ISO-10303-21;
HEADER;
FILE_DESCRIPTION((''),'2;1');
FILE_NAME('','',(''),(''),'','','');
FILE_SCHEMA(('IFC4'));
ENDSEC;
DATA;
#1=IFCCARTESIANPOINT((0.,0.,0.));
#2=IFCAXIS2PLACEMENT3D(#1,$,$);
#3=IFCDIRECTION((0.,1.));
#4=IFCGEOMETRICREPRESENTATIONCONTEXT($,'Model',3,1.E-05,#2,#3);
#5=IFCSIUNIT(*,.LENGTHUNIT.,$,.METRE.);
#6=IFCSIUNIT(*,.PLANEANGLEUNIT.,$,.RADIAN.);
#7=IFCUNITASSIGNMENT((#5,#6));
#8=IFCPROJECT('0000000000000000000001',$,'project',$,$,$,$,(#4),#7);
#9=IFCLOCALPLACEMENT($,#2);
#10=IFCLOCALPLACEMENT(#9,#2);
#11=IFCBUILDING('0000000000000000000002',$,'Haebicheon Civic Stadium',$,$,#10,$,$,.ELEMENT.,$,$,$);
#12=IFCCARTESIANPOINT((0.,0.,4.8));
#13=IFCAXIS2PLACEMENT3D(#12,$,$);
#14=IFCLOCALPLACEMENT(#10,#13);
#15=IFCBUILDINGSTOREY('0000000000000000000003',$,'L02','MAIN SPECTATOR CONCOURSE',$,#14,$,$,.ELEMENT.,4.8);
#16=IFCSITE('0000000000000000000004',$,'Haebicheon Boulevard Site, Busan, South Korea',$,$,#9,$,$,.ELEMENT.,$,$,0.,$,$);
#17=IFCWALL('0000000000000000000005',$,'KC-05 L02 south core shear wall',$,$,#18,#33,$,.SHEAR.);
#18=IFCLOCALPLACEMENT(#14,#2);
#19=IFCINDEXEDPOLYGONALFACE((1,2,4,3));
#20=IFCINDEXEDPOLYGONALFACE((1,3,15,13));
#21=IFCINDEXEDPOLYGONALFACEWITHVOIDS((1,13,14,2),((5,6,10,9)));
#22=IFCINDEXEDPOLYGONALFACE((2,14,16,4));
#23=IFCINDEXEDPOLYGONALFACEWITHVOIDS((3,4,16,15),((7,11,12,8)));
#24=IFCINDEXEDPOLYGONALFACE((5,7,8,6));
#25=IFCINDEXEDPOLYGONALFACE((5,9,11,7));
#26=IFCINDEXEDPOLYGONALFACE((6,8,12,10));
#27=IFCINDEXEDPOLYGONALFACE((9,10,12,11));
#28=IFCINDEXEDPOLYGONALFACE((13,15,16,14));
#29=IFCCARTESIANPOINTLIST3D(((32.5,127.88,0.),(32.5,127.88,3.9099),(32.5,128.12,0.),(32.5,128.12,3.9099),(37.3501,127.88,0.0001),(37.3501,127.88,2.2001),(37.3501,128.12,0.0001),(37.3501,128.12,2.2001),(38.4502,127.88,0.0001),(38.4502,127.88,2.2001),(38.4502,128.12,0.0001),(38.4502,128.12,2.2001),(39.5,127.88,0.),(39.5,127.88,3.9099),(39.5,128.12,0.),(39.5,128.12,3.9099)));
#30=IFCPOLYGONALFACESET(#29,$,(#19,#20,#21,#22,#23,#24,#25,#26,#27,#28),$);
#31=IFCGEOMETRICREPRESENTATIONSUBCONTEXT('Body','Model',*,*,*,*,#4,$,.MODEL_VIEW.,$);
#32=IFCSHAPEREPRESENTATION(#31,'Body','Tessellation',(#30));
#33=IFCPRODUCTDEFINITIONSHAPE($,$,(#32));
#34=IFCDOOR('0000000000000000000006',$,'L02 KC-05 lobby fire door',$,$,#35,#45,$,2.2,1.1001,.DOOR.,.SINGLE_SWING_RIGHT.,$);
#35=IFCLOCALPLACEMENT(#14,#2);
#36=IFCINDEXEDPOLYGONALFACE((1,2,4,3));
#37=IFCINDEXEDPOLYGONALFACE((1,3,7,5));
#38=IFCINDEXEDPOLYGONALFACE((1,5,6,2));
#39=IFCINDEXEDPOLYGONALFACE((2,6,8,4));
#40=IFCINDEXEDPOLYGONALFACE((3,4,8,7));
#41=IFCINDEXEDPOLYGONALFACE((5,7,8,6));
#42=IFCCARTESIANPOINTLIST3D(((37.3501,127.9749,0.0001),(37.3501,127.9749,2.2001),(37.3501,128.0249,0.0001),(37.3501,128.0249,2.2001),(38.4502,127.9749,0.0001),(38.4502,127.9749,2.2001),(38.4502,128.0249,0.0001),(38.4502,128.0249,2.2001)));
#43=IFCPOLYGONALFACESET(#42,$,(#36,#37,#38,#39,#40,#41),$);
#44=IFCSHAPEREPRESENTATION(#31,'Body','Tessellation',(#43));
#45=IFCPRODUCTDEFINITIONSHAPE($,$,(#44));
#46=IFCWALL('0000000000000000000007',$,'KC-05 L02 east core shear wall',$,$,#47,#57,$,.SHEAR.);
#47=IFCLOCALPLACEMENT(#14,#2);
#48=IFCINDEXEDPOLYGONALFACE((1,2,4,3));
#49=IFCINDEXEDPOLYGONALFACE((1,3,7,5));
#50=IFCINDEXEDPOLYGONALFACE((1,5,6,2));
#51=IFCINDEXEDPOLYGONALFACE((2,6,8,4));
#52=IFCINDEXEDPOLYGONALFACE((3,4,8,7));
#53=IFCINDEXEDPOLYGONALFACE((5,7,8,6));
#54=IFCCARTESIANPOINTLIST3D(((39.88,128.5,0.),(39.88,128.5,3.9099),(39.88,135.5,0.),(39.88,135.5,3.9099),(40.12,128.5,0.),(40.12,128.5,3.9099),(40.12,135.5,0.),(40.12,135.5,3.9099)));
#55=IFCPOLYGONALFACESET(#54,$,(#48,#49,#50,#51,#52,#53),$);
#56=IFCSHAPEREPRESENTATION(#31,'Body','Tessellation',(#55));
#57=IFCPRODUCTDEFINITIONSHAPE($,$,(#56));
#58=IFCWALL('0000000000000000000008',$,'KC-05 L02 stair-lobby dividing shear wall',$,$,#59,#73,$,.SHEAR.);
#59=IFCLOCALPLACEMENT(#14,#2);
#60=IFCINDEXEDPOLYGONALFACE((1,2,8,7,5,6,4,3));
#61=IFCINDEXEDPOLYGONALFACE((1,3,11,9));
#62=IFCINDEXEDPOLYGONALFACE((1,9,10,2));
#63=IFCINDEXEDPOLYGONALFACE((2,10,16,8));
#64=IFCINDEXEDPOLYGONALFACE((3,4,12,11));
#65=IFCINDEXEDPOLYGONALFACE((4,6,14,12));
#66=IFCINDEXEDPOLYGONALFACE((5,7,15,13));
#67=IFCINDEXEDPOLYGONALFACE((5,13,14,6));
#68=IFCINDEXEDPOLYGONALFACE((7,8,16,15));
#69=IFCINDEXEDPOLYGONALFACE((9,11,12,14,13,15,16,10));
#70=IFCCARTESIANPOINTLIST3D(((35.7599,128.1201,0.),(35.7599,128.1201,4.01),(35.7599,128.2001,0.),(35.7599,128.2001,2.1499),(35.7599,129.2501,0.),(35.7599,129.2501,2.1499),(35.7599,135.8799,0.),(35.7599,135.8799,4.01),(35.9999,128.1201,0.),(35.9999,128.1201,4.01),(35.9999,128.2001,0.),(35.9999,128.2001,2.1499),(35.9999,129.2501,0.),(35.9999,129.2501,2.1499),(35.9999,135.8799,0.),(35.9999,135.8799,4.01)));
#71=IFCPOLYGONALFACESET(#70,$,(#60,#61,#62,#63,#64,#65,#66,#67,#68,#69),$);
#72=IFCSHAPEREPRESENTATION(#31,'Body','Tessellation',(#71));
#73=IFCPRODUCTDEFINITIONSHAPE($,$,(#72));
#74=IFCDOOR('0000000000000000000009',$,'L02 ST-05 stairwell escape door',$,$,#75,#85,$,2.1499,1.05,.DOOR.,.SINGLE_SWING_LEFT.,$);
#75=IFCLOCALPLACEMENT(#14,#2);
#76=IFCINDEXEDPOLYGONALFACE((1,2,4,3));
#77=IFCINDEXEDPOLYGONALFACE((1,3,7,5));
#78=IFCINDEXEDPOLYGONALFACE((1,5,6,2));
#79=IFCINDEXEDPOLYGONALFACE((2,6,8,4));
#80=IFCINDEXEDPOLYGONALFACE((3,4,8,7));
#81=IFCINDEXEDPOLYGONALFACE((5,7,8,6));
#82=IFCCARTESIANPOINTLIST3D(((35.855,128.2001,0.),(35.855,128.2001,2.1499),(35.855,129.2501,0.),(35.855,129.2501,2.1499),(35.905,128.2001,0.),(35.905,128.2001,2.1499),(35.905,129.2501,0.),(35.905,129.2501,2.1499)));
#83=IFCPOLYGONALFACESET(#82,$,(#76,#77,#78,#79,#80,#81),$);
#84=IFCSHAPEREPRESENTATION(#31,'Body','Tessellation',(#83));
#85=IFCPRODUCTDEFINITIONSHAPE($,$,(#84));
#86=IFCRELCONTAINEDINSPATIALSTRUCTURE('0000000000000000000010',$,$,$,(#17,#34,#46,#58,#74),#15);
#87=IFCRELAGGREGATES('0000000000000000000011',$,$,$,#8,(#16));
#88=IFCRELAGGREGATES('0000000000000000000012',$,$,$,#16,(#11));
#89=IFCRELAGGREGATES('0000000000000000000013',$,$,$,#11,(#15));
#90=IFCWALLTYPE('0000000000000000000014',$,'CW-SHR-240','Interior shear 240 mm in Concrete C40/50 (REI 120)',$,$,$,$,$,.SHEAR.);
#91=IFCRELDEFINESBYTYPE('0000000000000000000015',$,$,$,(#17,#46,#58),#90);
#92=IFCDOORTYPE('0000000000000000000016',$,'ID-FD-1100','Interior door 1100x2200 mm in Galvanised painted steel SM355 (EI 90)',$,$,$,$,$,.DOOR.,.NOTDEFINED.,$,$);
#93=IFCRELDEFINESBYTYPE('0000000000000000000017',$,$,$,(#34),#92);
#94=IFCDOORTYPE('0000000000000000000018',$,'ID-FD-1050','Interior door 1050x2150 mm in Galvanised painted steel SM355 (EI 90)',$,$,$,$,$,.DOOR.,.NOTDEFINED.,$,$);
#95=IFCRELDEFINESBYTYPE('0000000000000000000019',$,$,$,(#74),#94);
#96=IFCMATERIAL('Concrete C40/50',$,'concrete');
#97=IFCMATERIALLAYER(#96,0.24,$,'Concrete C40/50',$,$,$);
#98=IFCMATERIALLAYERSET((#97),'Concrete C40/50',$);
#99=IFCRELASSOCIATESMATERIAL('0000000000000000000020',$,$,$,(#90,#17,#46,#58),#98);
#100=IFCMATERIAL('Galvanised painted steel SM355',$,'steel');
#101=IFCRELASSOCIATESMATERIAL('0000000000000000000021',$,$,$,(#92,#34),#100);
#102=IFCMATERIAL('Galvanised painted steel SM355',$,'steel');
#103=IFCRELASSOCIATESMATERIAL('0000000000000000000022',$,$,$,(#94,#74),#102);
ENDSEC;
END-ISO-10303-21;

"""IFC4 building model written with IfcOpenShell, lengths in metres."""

from ifc_helpers import new_model, si_unit, direction, frame, frame_2d, origin, place, context, subcontext, project, spatial, rectangle, extrude, material, layer, layer_set, type_object, element, fill, save


model = new_model("IFC4")

# Units and contexts
model_context = context("Model", 3, precision=1e-05, world=origin(), true_north=direction((0.0, 1.0)))
body_context = subcontext(model_context, "Body", "Model", "MODEL_VIEW")
ifc_project = project(units=[si_unit("LENGTHUNIT", "METRE"), si_unit("PLANEANGLEUNIT", "RADIAN")], contexts=[model_context])

# Site, building, storey
site_placement = place(None, origin())
site = spatial("IfcSite", under=ifc_project, at=site_placement, Name="Haebicheon Boulevard Site, Busan, South Korea", CompositionType="ELEMENT", RefElevation=0.0)
building_placement = place(site_placement, origin())
building = spatial("IfcBuilding", under=site, at=building_placement, Name="Haebicheon Civic Stadium", CompositionType="ELEMENT")
storey_placement = place(building_placement, frame((0.0, 0.0, 4.8)))
storey = spatial("IfcBuildingStorey", under=building, at=storey_placement, Name="L02", Description="MAIN SPECTATOR CONCOURSE", CompositionType="ELEMENT", Elevation=4.8)

# Wall, opening, door
ifc_material_1 = material(Name="Concrete C40/50", Category="concrete")
ifc_layer = layer(ifc_material_1, 0.24, Name="Concrete C40/50")
ifc_layer_set = layer_set([ifc_layer], Name="Concrete C40/50")
wall_type = type_object("IfcWallType", Name="CW-SHR-240", Description="Interior shear 240 mm in Concrete C40/50 (REI 120)", PredefinedType="SHEAR", material=ifc_layer_set)
wall_1_placement = place(storey_placement, frame((32.5, 128.0, 0.0), z_axis=(0.0, 0.0, 1.0), x_axis=(1.0, 0.0, 0.0)))
wall_1 = element("IfcWall", 1, at=wall_1_placement, inside=storey, type_object=wall_type, material=ifc_layer_set, Name="KC-05 L02 south core shear wall", PredefinedType="SHEAR", context=body_context, shape_type="SweptSolid", body=[
    extrude(rectangle(XDim=7.0, YDim=0.24, at=frame_2d((3.5, 0.0))), origin(), (0.0, 0.0, 1.0), 3.9099),
])
opening_1_placement = place(wall_1_placement, frame((4.8501, 0.0, 0.0)))
opening_1 = element("IfcOpeningElement", 2, at=opening_1_placement, cuts=wall_1, PredefinedType="OPENING", context=body_context, shape_type="SweptSolid", body=[
    extrude(rectangle(XDim=1.1001, YDim=2.2, at=frame_2d((0.55, 1.1001))), frame((0.0, 0.1299, 0.0), z_axis=(0.0, -1.0, 0.0), x_axis=(1.0, 0.0, 0.0)), (0.0, 0.0, 1.0), 0.26),
])
ifc_material_2 = material(Name="Galvanised painted steel SM355", Category="steel")
door_type_1 = type_object("IfcDoorType", Name="ID-FD-1100", Description="Interior door 1100x2200 mm in Galvanised painted steel SM355 (EI 90)", OperationType="NOTDEFINED", PredefinedType="DOOR", material=ifc_material_2)
door_1_placement = place(opening_1_placement, origin())
door_1 = element("IfcDoor", 3, at=door_1_placement, inside=storey, type_object=door_type_1, material=ifc_material_2, Name="L02 KC-05 lobby fire door", OperationType="SINGLE_SWING_RIGHT", OverallHeight=2.2, OverallWidth=1.1001, PredefinedType="DOOR", context=body_context, shape_type="SweptSolid", body=[
    extrude(rectangle(XDim=1.1001, YDim=2.2, at=frame_2d((0.55, 1.1001))), frame((0.0, 0.0249, 0.0), z_axis=(0.0, -1.0, 0.0), x_axis=(1.0, 0.0, 0.0)), (0.0, 0.0, 1.0), 0.05),
])
fill(opening_1, door_1)

# Wall
wall_2_placement = place(storey_placement, frame((40.0, 128.5, 0.0), z_axis=(0.0, 0.0, 1.0), x_axis=(0.0, 1.0, 0.0)))
element("IfcWall", 4, at=wall_2_placement, inside=storey, type_object=wall_type, material=ifc_layer_set, Name="KC-05 L02 east core shear wall", PredefinedType="SHEAR", context=body_context, shape_type="SweptSolid", body=[
    extrude(rectangle(XDim=7.0, YDim=0.24, at=frame_2d((3.5, 0.0))), origin(), (0.0, 0.0, 1.0), 3.9099),
])

# Wall, opening, door
wall_3_placement = place(storey_placement, frame((35.8799, 128.1201, 0.0), z_axis=(0.0, 0.0, 1.0), x_axis=(0.0, 1.0, 0.0)))
wall_3 = element("IfcWall", 5, at=wall_3_placement, inside=storey, type_object=wall_type, material=ifc_layer_set, Name="KC-05 L02 stair-lobby dividing shear wall", PredefinedType="SHEAR", context=body_context, shape_type="SweptSolid", body=[
    extrude(rectangle(XDim=7.7598, YDim=0.24, at=frame_2d((3.8799, 0.0))), origin(), (0.0, 0.0, 1.0), 4.01),
])
opening_2_placement = place(wall_3_placement, frame((0.0801, 0.0, 0.0)))
opening_2 = element("IfcOpeningElement", 6, at=opening_2_placement, cuts=wall_3, PredefinedType="OPENING", context=body_context, shape_type="SweptSolid", body=[
    extrude(rectangle(XDim=1.05, YDim=2.1499, at=frame_2d((0.5249, 1.075))), frame((0.0, 0.1299, 0.0), z_axis=(0.0, -1.0, 0.0), x_axis=(1.0, 0.0, 0.0)), (0.0, 0.0, 1.0), 0.26),
])
ifc_material_3 = material(Name="Galvanised painted steel SM355", Category="steel")
door_type_2 = type_object("IfcDoorType", Name="ID-FD-1050", Description="Interior door 1050x2150 mm in Galvanised painted steel SM355 (EI 90)", OperationType="NOTDEFINED", PredefinedType="DOOR", material=ifc_material_3)
door_2_placement = place(opening_2_placement, origin())
door_2 = element("IfcDoor", 7, at=door_2_placement, inside=storey, type_object=door_type_2, material=ifc_material_3, Name="L02 ST-05 stairwell escape door", OperationType="SINGLE_SWING_LEFT", OverallHeight=2.1499, OverallWidth=1.05, PredefinedType="DOOR", context=body_context, shape_type="SweptSolid", body=[
    extrude(rectangle(XDim=1.05, YDim=2.1499, at=frame_2d((0.5249, 1.075))), frame((0.0, 0.0249, 0.0), z_axis=(0.0, -1.0, 0.0), x_axis=(1.0, 0.0, 0.0)), (0.0, 0.0, 1.0), 0.05),
])
fill(opening_2, door_2)

save(model, "model.ifc")
